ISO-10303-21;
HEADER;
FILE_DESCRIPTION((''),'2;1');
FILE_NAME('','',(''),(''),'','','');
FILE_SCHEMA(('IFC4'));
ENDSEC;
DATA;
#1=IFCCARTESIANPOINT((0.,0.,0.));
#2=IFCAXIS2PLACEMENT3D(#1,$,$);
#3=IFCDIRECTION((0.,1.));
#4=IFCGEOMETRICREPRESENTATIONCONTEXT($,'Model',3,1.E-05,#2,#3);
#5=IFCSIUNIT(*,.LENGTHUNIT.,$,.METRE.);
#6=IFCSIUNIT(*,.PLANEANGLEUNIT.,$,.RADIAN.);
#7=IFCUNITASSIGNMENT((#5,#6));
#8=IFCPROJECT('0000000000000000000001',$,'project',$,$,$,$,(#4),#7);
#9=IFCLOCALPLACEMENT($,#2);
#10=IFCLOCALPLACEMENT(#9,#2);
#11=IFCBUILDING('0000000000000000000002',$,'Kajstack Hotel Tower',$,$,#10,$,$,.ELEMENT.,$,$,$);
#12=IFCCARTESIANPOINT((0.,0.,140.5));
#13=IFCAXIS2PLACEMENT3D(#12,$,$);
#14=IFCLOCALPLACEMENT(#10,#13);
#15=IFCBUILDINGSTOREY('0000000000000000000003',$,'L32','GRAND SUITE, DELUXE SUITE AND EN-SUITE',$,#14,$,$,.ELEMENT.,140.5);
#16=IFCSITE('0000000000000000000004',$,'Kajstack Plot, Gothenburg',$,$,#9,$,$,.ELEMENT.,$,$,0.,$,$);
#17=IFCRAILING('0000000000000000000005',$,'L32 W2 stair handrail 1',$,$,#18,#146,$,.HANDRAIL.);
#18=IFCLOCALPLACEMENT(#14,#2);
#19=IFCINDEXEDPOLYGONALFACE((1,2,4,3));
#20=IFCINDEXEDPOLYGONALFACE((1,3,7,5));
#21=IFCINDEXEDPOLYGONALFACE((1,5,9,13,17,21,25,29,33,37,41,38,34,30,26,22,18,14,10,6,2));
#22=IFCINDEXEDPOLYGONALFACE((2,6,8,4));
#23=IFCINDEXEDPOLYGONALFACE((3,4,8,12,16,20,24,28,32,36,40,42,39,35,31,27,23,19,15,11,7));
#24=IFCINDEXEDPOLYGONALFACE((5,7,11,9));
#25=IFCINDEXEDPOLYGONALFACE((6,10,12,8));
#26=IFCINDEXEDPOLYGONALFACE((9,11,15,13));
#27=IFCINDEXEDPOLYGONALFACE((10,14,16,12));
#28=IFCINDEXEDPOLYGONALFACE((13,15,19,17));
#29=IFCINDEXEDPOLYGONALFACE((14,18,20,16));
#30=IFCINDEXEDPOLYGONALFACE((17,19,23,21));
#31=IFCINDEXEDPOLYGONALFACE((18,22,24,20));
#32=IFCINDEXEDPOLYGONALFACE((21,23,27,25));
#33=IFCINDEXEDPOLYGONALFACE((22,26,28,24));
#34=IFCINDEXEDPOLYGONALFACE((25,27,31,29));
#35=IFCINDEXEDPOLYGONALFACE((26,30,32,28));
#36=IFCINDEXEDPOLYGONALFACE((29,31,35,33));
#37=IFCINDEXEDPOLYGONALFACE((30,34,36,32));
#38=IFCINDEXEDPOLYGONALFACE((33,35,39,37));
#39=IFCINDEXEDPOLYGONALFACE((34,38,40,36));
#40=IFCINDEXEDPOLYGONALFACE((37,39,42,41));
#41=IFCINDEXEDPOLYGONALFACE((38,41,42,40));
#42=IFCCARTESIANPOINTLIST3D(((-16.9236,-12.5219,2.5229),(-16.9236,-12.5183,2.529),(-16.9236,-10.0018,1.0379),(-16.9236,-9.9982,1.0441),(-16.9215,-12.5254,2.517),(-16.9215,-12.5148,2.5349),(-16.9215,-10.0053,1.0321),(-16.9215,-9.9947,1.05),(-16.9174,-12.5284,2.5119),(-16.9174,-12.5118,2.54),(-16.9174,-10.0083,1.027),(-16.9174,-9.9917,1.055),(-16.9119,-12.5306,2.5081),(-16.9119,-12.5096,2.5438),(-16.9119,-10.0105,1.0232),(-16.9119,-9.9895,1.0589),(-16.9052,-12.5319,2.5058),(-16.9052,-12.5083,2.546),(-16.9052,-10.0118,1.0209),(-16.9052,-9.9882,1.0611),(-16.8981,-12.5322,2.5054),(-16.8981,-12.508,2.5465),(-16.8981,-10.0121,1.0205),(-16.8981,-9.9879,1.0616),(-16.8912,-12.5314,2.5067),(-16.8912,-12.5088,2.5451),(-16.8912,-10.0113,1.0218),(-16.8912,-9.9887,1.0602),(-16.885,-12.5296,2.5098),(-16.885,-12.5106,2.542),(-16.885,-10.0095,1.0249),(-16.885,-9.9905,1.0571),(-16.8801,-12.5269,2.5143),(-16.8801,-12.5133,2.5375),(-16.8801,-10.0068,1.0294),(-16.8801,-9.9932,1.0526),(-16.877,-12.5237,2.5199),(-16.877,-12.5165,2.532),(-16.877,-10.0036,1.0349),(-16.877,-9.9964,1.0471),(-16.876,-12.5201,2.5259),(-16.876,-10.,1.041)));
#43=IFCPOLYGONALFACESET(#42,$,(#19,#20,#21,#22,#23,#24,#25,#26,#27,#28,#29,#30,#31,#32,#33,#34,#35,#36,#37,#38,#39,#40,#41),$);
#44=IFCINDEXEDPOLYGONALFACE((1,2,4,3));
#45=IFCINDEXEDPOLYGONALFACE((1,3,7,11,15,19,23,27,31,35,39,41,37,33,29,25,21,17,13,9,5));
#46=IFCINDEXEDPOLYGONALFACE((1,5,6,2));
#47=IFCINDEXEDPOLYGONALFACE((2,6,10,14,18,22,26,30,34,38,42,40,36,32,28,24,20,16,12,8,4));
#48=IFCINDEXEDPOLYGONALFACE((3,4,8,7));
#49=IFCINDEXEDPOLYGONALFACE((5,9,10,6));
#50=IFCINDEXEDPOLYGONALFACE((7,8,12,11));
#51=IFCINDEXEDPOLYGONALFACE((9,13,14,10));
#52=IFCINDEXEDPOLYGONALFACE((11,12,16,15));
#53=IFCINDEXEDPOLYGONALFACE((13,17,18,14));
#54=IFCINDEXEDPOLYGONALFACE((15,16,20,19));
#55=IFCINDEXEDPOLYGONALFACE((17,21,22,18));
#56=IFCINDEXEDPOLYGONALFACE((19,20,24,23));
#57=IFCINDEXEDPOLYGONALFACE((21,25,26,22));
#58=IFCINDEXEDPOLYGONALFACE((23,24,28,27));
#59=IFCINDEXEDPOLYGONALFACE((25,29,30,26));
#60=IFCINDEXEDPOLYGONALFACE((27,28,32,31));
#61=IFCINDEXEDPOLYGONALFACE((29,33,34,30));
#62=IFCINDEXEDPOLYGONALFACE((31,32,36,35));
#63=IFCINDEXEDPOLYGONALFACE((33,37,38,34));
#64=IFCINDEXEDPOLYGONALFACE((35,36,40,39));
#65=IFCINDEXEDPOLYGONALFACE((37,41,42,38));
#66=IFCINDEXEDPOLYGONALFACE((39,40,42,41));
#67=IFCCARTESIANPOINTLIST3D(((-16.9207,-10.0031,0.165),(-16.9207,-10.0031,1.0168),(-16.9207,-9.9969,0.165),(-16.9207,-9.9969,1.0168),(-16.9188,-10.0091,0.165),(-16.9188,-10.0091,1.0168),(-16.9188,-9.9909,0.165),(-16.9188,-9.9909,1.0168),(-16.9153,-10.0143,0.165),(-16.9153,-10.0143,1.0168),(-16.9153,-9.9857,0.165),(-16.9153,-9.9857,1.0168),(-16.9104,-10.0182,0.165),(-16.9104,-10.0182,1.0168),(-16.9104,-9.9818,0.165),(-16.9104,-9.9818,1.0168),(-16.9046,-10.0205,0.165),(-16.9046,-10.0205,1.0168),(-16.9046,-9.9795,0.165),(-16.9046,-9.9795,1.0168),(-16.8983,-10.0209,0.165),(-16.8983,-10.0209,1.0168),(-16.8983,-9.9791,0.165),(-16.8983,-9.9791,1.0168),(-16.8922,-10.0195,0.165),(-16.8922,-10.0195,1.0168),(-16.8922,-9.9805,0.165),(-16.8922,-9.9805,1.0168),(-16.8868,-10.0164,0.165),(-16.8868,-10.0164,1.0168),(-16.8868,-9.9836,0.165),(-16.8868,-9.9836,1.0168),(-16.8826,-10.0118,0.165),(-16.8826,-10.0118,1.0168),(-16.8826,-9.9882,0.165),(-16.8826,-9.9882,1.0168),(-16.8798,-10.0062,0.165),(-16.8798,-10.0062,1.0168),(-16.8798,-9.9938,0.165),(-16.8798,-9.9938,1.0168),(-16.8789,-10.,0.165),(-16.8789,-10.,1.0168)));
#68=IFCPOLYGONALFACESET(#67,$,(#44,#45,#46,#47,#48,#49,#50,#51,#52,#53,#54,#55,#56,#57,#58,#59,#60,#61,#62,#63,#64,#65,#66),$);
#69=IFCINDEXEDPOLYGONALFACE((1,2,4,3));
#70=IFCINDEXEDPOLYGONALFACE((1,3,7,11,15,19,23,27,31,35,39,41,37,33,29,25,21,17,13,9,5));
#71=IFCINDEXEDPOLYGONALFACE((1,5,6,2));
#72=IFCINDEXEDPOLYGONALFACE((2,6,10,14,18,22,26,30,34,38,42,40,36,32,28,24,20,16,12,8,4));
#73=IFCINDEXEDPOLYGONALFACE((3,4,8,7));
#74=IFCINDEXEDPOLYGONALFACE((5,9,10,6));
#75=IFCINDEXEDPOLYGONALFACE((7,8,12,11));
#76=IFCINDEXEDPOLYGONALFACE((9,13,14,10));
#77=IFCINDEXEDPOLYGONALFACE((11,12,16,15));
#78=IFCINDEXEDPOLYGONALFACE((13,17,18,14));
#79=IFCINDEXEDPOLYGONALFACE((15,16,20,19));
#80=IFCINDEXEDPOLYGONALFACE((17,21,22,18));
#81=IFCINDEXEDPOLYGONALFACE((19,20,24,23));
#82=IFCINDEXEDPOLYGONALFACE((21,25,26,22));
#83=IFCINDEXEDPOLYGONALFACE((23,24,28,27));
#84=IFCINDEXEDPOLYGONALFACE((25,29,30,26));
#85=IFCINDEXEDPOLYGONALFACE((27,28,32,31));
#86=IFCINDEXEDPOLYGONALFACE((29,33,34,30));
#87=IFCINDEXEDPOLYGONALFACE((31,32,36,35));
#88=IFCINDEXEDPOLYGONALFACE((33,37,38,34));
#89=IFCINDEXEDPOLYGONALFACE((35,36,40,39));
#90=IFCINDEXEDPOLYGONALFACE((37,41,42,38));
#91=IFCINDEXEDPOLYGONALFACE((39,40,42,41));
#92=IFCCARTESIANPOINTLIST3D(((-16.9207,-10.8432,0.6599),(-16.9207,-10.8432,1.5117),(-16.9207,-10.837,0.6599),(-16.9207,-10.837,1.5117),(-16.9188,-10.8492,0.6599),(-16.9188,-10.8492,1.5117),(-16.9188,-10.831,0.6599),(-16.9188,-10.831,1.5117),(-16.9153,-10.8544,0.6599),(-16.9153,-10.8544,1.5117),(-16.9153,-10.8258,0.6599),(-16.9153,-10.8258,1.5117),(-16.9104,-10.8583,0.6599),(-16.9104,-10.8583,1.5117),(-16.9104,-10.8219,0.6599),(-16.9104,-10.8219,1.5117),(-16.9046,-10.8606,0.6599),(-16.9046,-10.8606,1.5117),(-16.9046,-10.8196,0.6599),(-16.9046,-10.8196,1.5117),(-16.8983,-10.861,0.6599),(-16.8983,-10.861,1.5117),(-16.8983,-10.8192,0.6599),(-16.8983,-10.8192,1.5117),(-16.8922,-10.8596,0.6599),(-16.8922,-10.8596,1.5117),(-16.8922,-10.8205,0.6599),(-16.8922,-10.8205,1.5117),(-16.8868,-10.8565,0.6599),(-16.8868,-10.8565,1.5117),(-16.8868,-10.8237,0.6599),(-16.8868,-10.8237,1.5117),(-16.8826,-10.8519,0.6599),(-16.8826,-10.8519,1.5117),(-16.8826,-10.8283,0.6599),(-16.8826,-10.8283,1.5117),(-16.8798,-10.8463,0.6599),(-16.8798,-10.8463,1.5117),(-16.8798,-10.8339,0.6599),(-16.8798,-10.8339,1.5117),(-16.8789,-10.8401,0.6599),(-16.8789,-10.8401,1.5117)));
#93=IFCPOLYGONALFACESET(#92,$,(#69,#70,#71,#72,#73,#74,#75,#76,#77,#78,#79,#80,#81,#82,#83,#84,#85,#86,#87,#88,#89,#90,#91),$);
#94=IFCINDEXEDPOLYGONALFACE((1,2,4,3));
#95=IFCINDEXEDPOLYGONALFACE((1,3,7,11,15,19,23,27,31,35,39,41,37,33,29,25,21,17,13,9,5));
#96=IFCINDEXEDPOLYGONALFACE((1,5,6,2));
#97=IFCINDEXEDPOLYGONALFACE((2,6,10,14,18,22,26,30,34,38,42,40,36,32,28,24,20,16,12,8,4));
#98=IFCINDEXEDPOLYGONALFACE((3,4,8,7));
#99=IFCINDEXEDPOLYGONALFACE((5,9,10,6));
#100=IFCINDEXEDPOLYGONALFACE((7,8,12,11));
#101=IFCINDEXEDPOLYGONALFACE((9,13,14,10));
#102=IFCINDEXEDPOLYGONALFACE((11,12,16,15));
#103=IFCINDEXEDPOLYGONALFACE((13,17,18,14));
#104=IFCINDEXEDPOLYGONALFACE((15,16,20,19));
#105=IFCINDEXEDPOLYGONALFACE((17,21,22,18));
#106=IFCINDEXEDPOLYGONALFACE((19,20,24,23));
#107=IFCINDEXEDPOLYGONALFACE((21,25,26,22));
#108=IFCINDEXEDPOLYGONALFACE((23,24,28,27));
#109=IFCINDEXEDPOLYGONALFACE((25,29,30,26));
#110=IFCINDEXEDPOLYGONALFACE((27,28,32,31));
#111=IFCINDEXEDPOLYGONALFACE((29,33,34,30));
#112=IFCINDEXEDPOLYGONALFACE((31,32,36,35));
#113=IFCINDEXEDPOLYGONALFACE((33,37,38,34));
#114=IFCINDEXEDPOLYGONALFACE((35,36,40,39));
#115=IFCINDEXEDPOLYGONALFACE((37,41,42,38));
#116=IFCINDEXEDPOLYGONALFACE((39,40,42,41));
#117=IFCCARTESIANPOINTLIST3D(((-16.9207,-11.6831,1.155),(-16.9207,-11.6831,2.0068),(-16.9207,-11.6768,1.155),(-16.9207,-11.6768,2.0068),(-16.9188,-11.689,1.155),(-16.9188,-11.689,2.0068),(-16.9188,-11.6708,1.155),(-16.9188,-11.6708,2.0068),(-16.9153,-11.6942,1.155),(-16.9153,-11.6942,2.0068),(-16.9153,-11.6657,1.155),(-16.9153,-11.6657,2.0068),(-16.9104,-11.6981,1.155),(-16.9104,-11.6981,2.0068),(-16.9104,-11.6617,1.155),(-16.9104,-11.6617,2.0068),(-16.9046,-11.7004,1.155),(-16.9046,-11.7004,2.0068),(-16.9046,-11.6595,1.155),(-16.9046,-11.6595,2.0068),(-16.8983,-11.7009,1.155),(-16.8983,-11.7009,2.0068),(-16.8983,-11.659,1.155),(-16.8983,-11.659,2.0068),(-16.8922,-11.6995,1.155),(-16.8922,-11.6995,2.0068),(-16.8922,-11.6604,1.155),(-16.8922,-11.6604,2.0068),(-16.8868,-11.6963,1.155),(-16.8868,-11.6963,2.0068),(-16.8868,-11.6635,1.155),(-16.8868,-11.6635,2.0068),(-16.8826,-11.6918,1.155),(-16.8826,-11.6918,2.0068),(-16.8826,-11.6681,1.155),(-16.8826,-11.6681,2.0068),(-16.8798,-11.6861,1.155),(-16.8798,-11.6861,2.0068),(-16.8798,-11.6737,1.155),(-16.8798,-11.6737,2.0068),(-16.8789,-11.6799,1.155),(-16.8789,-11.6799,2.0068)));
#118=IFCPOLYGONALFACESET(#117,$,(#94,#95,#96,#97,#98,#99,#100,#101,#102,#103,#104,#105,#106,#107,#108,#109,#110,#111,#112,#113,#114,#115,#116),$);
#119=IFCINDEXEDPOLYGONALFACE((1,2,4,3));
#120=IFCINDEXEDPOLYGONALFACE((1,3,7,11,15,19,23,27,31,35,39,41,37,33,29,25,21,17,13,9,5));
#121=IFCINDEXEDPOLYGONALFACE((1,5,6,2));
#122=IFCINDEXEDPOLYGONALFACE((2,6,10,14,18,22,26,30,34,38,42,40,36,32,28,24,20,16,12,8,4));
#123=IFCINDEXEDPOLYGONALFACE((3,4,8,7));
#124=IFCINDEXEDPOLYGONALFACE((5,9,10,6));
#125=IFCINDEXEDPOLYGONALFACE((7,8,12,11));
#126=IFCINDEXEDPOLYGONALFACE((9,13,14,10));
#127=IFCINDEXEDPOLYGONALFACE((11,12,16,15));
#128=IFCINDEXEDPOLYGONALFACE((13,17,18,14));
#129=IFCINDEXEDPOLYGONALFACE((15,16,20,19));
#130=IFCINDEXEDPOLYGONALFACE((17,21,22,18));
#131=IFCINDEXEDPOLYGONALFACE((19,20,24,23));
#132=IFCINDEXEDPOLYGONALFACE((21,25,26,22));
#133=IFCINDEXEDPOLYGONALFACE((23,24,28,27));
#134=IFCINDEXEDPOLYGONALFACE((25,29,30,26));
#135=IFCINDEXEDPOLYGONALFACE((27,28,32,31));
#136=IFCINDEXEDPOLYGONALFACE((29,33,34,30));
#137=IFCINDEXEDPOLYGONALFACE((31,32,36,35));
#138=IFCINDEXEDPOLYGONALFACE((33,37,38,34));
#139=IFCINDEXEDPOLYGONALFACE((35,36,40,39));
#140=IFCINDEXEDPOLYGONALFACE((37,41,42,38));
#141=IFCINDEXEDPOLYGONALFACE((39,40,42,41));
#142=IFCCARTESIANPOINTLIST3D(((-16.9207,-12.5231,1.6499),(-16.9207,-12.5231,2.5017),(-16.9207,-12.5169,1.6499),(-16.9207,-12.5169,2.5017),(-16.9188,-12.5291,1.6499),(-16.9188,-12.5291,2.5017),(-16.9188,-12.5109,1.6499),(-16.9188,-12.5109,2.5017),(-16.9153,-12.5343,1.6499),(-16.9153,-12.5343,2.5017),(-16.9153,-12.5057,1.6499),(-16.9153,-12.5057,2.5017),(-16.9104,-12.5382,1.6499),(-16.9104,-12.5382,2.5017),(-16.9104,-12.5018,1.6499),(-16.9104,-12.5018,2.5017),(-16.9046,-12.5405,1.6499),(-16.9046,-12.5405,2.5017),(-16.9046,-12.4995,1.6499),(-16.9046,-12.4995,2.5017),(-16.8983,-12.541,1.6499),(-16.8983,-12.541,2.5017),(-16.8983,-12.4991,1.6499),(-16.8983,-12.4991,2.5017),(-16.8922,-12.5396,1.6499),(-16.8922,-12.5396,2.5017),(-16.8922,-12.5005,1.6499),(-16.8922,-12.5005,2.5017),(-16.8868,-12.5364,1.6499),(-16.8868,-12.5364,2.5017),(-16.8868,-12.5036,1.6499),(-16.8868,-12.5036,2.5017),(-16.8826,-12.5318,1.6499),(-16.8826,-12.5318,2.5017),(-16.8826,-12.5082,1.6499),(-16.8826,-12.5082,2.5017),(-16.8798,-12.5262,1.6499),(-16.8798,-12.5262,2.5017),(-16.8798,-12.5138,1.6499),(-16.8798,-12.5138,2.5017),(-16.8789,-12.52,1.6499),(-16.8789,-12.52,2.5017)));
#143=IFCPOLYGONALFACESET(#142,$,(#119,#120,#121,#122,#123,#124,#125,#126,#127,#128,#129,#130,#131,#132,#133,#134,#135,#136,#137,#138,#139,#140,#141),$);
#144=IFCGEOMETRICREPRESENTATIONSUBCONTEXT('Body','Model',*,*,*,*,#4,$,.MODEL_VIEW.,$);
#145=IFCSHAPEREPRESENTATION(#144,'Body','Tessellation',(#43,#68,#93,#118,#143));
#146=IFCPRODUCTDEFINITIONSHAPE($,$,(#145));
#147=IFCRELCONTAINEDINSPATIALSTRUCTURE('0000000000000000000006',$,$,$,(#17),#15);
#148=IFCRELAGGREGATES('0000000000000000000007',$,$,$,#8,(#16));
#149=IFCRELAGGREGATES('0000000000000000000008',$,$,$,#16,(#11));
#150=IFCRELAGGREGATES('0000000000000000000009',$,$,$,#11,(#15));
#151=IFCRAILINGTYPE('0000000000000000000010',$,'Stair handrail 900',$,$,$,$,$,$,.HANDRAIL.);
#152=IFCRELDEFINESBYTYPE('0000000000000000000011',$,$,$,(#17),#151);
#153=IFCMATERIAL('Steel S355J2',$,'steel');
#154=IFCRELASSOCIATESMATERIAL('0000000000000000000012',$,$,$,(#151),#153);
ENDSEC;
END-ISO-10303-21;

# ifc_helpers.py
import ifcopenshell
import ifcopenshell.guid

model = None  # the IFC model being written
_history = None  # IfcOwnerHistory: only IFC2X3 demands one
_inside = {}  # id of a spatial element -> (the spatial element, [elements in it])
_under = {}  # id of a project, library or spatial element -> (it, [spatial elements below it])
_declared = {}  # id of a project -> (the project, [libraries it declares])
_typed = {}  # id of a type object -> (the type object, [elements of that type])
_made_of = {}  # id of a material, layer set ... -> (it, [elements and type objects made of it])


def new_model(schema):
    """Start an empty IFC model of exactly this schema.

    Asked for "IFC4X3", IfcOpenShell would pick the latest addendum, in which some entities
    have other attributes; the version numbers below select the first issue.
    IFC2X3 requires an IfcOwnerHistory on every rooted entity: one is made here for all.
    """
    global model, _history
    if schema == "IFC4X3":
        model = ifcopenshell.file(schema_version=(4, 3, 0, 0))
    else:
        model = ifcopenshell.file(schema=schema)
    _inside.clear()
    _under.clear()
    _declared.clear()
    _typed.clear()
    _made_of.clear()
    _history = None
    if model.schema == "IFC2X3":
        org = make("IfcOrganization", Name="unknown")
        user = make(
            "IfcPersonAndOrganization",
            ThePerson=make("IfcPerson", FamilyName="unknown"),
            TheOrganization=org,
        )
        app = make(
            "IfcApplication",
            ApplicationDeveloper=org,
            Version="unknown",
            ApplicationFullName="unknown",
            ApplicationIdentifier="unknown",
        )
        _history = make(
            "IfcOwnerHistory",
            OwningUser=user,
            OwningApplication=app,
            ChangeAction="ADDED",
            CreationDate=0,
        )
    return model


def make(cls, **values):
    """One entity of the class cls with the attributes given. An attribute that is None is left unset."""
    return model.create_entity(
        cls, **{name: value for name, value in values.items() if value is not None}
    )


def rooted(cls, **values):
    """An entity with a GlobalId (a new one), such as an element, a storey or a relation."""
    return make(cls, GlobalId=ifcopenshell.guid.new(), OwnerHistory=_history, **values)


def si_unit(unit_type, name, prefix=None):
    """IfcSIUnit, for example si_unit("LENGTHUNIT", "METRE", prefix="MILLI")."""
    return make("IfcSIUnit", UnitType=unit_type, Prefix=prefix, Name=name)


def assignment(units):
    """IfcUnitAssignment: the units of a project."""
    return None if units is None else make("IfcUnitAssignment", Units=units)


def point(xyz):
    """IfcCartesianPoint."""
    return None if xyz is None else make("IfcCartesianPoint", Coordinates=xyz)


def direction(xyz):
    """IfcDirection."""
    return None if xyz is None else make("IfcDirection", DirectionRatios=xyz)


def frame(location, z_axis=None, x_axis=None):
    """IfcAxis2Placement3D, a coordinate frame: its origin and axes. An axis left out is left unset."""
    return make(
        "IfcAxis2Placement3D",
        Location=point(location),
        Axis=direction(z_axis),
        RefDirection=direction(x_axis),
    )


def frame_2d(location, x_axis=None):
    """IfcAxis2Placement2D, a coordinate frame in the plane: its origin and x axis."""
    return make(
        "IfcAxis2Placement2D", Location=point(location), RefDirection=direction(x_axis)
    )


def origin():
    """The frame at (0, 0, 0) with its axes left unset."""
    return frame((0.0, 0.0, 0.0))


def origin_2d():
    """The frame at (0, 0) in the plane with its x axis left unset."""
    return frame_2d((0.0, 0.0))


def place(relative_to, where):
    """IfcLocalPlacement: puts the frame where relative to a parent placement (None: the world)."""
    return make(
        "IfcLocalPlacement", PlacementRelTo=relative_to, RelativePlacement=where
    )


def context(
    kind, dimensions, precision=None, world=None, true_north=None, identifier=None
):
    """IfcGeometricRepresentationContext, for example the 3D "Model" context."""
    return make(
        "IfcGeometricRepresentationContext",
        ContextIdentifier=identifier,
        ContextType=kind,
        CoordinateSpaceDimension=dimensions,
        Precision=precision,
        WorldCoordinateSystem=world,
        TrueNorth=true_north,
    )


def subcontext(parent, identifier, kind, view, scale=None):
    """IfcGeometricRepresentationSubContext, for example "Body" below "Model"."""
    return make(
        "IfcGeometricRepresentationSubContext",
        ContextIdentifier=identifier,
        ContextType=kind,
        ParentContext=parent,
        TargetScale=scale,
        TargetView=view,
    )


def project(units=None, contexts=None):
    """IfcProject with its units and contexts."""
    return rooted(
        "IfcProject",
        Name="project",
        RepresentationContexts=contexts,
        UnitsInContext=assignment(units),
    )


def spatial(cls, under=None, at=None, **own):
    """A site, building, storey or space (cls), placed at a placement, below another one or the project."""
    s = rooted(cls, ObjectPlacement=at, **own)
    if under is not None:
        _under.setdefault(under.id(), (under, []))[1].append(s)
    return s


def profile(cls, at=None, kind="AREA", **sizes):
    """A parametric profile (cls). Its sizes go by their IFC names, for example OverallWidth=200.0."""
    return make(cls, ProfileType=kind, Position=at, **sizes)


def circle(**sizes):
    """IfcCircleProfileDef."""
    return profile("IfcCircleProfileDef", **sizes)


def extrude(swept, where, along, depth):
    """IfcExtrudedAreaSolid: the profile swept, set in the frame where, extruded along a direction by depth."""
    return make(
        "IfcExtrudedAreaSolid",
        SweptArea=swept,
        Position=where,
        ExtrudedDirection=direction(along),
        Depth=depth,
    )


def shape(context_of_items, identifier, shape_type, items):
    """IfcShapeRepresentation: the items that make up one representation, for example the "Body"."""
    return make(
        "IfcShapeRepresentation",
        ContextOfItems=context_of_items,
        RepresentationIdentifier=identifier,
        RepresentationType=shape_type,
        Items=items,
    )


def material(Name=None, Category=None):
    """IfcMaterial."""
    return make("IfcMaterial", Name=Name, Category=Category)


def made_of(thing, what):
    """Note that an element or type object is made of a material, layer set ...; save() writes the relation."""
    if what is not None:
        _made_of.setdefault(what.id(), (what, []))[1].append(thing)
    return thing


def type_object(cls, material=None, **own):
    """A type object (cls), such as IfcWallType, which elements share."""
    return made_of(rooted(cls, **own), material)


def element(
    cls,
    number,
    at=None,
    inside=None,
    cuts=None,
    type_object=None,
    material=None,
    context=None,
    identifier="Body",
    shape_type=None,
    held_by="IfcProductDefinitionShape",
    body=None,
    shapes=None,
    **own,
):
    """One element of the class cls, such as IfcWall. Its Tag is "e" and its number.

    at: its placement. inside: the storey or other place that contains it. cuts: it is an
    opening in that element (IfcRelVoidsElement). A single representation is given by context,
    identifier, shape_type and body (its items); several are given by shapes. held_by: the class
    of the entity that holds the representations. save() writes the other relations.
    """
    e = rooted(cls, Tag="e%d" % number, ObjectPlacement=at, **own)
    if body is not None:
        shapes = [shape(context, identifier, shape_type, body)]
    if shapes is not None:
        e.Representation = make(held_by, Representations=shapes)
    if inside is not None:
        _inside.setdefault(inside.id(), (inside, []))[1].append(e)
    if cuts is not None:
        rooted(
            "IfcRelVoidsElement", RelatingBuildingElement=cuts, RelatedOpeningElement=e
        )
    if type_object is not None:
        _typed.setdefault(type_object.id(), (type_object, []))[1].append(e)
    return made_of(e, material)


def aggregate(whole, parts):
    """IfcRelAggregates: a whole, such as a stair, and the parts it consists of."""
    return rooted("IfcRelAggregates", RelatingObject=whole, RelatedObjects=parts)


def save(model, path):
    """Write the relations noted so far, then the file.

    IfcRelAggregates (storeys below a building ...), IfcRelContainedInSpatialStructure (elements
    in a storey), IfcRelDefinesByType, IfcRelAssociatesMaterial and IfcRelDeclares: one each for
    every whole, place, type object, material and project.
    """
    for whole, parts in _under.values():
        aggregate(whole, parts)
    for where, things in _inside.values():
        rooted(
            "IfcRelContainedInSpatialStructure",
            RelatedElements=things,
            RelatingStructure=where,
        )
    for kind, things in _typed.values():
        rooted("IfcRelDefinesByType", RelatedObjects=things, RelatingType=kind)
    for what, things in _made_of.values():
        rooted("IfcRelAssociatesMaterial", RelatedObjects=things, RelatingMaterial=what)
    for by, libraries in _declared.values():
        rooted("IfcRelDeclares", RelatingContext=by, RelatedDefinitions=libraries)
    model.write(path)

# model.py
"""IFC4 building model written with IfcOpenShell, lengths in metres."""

from ifc_helpers import new_model, si_unit, direction, frame, origin, origin_2d, place, context, subcontext, project, spatial, circle, extrude, material, type_object, element, save


model = new_model("IFC4")

# Units and contexts
model_context = context("Model", 3, precision=1e-05, world=origin(), true_north=direction((0.0, 1.0)))
body_context = subcontext(model_context, "Body", "Model", "MODEL_VIEW")
ifc_project = project(units=[si_unit("LENGTHUNIT", "METRE"), si_unit("PLANEANGLEUNIT", "RADIAN")], contexts=[model_context])

# Site, building, storey
site_placement = place(None, origin())
site = spatial("IfcSite", under=ifc_project, at=site_placement, Name="Kajstack Plot, Gothenburg", CompositionType="ELEMENT", RefElevation=0.0)
building_placement = place(site_placement, origin())
building = spatial("IfcBuilding", under=site, at=building_placement, Name="Kajstack Hotel Tower", CompositionType="ELEMENT")
storey_placement = place(building_placement, frame((0.0, 0.0, 140.5)))
storey = spatial("IfcBuildingStorey", under=building, at=storey_placement, Name="L32", Description="GRAND SUITE, DELUXE SUITE AND EN-SUITE", CompositionType="ELEMENT", Elevation=140.5)

# Railing
ifc_material_1 = material(Name="Steel S355J2", Category="steel")
railing_type_1 = type_object("IfcRailingType", Name="Stair handrail 900", PredefinedType="HANDRAIL", material=ifc_material_1)
railing_1_placement = place(storey_placement, frame((-16.8999, -10.0, 0.165)))
element("IfcRailing", 1, at=railing_1_placement, inside=storey, type_object=railing_type_1, Name="L32 W2 stair handrail 1", PredefinedType="HANDRAIL", context=body_context, shape_type="SweptSolid", body=[
    extrude(circle(Radius=0.0239, at=origin_2d()), frame((0.0, 0.0, 0.876), z_axis=(0.0, -0.861561, 0.507655), x_axis=(1.0, 0.0, 0.0)), (0.0, 0.0, 1.0), 2.925),
    extrude(circle(Radius=0.021, at=origin_2d()), origin(), (0.0, 0.0, 1.0), 0.8518),
    extrude(circle(Radius=0.021, at=origin_2d()), frame((0.0, -0.8401, 0.4949)), (0.0, 0.0, 1.0), 0.8518),
    extrude(circle(Radius=0.021, at=origin_2d()), frame((0.0, -1.6799, 0.99)), (0.0, 0.0, 1.0), 0.8518),
    extrude(circle(Radius=0.021, at=origin_2d()), frame((0.0, -2.52, 1.4849)), (0.0, 0.0, 1.0), 0.8518),
])

save(model, "model.ifc")
